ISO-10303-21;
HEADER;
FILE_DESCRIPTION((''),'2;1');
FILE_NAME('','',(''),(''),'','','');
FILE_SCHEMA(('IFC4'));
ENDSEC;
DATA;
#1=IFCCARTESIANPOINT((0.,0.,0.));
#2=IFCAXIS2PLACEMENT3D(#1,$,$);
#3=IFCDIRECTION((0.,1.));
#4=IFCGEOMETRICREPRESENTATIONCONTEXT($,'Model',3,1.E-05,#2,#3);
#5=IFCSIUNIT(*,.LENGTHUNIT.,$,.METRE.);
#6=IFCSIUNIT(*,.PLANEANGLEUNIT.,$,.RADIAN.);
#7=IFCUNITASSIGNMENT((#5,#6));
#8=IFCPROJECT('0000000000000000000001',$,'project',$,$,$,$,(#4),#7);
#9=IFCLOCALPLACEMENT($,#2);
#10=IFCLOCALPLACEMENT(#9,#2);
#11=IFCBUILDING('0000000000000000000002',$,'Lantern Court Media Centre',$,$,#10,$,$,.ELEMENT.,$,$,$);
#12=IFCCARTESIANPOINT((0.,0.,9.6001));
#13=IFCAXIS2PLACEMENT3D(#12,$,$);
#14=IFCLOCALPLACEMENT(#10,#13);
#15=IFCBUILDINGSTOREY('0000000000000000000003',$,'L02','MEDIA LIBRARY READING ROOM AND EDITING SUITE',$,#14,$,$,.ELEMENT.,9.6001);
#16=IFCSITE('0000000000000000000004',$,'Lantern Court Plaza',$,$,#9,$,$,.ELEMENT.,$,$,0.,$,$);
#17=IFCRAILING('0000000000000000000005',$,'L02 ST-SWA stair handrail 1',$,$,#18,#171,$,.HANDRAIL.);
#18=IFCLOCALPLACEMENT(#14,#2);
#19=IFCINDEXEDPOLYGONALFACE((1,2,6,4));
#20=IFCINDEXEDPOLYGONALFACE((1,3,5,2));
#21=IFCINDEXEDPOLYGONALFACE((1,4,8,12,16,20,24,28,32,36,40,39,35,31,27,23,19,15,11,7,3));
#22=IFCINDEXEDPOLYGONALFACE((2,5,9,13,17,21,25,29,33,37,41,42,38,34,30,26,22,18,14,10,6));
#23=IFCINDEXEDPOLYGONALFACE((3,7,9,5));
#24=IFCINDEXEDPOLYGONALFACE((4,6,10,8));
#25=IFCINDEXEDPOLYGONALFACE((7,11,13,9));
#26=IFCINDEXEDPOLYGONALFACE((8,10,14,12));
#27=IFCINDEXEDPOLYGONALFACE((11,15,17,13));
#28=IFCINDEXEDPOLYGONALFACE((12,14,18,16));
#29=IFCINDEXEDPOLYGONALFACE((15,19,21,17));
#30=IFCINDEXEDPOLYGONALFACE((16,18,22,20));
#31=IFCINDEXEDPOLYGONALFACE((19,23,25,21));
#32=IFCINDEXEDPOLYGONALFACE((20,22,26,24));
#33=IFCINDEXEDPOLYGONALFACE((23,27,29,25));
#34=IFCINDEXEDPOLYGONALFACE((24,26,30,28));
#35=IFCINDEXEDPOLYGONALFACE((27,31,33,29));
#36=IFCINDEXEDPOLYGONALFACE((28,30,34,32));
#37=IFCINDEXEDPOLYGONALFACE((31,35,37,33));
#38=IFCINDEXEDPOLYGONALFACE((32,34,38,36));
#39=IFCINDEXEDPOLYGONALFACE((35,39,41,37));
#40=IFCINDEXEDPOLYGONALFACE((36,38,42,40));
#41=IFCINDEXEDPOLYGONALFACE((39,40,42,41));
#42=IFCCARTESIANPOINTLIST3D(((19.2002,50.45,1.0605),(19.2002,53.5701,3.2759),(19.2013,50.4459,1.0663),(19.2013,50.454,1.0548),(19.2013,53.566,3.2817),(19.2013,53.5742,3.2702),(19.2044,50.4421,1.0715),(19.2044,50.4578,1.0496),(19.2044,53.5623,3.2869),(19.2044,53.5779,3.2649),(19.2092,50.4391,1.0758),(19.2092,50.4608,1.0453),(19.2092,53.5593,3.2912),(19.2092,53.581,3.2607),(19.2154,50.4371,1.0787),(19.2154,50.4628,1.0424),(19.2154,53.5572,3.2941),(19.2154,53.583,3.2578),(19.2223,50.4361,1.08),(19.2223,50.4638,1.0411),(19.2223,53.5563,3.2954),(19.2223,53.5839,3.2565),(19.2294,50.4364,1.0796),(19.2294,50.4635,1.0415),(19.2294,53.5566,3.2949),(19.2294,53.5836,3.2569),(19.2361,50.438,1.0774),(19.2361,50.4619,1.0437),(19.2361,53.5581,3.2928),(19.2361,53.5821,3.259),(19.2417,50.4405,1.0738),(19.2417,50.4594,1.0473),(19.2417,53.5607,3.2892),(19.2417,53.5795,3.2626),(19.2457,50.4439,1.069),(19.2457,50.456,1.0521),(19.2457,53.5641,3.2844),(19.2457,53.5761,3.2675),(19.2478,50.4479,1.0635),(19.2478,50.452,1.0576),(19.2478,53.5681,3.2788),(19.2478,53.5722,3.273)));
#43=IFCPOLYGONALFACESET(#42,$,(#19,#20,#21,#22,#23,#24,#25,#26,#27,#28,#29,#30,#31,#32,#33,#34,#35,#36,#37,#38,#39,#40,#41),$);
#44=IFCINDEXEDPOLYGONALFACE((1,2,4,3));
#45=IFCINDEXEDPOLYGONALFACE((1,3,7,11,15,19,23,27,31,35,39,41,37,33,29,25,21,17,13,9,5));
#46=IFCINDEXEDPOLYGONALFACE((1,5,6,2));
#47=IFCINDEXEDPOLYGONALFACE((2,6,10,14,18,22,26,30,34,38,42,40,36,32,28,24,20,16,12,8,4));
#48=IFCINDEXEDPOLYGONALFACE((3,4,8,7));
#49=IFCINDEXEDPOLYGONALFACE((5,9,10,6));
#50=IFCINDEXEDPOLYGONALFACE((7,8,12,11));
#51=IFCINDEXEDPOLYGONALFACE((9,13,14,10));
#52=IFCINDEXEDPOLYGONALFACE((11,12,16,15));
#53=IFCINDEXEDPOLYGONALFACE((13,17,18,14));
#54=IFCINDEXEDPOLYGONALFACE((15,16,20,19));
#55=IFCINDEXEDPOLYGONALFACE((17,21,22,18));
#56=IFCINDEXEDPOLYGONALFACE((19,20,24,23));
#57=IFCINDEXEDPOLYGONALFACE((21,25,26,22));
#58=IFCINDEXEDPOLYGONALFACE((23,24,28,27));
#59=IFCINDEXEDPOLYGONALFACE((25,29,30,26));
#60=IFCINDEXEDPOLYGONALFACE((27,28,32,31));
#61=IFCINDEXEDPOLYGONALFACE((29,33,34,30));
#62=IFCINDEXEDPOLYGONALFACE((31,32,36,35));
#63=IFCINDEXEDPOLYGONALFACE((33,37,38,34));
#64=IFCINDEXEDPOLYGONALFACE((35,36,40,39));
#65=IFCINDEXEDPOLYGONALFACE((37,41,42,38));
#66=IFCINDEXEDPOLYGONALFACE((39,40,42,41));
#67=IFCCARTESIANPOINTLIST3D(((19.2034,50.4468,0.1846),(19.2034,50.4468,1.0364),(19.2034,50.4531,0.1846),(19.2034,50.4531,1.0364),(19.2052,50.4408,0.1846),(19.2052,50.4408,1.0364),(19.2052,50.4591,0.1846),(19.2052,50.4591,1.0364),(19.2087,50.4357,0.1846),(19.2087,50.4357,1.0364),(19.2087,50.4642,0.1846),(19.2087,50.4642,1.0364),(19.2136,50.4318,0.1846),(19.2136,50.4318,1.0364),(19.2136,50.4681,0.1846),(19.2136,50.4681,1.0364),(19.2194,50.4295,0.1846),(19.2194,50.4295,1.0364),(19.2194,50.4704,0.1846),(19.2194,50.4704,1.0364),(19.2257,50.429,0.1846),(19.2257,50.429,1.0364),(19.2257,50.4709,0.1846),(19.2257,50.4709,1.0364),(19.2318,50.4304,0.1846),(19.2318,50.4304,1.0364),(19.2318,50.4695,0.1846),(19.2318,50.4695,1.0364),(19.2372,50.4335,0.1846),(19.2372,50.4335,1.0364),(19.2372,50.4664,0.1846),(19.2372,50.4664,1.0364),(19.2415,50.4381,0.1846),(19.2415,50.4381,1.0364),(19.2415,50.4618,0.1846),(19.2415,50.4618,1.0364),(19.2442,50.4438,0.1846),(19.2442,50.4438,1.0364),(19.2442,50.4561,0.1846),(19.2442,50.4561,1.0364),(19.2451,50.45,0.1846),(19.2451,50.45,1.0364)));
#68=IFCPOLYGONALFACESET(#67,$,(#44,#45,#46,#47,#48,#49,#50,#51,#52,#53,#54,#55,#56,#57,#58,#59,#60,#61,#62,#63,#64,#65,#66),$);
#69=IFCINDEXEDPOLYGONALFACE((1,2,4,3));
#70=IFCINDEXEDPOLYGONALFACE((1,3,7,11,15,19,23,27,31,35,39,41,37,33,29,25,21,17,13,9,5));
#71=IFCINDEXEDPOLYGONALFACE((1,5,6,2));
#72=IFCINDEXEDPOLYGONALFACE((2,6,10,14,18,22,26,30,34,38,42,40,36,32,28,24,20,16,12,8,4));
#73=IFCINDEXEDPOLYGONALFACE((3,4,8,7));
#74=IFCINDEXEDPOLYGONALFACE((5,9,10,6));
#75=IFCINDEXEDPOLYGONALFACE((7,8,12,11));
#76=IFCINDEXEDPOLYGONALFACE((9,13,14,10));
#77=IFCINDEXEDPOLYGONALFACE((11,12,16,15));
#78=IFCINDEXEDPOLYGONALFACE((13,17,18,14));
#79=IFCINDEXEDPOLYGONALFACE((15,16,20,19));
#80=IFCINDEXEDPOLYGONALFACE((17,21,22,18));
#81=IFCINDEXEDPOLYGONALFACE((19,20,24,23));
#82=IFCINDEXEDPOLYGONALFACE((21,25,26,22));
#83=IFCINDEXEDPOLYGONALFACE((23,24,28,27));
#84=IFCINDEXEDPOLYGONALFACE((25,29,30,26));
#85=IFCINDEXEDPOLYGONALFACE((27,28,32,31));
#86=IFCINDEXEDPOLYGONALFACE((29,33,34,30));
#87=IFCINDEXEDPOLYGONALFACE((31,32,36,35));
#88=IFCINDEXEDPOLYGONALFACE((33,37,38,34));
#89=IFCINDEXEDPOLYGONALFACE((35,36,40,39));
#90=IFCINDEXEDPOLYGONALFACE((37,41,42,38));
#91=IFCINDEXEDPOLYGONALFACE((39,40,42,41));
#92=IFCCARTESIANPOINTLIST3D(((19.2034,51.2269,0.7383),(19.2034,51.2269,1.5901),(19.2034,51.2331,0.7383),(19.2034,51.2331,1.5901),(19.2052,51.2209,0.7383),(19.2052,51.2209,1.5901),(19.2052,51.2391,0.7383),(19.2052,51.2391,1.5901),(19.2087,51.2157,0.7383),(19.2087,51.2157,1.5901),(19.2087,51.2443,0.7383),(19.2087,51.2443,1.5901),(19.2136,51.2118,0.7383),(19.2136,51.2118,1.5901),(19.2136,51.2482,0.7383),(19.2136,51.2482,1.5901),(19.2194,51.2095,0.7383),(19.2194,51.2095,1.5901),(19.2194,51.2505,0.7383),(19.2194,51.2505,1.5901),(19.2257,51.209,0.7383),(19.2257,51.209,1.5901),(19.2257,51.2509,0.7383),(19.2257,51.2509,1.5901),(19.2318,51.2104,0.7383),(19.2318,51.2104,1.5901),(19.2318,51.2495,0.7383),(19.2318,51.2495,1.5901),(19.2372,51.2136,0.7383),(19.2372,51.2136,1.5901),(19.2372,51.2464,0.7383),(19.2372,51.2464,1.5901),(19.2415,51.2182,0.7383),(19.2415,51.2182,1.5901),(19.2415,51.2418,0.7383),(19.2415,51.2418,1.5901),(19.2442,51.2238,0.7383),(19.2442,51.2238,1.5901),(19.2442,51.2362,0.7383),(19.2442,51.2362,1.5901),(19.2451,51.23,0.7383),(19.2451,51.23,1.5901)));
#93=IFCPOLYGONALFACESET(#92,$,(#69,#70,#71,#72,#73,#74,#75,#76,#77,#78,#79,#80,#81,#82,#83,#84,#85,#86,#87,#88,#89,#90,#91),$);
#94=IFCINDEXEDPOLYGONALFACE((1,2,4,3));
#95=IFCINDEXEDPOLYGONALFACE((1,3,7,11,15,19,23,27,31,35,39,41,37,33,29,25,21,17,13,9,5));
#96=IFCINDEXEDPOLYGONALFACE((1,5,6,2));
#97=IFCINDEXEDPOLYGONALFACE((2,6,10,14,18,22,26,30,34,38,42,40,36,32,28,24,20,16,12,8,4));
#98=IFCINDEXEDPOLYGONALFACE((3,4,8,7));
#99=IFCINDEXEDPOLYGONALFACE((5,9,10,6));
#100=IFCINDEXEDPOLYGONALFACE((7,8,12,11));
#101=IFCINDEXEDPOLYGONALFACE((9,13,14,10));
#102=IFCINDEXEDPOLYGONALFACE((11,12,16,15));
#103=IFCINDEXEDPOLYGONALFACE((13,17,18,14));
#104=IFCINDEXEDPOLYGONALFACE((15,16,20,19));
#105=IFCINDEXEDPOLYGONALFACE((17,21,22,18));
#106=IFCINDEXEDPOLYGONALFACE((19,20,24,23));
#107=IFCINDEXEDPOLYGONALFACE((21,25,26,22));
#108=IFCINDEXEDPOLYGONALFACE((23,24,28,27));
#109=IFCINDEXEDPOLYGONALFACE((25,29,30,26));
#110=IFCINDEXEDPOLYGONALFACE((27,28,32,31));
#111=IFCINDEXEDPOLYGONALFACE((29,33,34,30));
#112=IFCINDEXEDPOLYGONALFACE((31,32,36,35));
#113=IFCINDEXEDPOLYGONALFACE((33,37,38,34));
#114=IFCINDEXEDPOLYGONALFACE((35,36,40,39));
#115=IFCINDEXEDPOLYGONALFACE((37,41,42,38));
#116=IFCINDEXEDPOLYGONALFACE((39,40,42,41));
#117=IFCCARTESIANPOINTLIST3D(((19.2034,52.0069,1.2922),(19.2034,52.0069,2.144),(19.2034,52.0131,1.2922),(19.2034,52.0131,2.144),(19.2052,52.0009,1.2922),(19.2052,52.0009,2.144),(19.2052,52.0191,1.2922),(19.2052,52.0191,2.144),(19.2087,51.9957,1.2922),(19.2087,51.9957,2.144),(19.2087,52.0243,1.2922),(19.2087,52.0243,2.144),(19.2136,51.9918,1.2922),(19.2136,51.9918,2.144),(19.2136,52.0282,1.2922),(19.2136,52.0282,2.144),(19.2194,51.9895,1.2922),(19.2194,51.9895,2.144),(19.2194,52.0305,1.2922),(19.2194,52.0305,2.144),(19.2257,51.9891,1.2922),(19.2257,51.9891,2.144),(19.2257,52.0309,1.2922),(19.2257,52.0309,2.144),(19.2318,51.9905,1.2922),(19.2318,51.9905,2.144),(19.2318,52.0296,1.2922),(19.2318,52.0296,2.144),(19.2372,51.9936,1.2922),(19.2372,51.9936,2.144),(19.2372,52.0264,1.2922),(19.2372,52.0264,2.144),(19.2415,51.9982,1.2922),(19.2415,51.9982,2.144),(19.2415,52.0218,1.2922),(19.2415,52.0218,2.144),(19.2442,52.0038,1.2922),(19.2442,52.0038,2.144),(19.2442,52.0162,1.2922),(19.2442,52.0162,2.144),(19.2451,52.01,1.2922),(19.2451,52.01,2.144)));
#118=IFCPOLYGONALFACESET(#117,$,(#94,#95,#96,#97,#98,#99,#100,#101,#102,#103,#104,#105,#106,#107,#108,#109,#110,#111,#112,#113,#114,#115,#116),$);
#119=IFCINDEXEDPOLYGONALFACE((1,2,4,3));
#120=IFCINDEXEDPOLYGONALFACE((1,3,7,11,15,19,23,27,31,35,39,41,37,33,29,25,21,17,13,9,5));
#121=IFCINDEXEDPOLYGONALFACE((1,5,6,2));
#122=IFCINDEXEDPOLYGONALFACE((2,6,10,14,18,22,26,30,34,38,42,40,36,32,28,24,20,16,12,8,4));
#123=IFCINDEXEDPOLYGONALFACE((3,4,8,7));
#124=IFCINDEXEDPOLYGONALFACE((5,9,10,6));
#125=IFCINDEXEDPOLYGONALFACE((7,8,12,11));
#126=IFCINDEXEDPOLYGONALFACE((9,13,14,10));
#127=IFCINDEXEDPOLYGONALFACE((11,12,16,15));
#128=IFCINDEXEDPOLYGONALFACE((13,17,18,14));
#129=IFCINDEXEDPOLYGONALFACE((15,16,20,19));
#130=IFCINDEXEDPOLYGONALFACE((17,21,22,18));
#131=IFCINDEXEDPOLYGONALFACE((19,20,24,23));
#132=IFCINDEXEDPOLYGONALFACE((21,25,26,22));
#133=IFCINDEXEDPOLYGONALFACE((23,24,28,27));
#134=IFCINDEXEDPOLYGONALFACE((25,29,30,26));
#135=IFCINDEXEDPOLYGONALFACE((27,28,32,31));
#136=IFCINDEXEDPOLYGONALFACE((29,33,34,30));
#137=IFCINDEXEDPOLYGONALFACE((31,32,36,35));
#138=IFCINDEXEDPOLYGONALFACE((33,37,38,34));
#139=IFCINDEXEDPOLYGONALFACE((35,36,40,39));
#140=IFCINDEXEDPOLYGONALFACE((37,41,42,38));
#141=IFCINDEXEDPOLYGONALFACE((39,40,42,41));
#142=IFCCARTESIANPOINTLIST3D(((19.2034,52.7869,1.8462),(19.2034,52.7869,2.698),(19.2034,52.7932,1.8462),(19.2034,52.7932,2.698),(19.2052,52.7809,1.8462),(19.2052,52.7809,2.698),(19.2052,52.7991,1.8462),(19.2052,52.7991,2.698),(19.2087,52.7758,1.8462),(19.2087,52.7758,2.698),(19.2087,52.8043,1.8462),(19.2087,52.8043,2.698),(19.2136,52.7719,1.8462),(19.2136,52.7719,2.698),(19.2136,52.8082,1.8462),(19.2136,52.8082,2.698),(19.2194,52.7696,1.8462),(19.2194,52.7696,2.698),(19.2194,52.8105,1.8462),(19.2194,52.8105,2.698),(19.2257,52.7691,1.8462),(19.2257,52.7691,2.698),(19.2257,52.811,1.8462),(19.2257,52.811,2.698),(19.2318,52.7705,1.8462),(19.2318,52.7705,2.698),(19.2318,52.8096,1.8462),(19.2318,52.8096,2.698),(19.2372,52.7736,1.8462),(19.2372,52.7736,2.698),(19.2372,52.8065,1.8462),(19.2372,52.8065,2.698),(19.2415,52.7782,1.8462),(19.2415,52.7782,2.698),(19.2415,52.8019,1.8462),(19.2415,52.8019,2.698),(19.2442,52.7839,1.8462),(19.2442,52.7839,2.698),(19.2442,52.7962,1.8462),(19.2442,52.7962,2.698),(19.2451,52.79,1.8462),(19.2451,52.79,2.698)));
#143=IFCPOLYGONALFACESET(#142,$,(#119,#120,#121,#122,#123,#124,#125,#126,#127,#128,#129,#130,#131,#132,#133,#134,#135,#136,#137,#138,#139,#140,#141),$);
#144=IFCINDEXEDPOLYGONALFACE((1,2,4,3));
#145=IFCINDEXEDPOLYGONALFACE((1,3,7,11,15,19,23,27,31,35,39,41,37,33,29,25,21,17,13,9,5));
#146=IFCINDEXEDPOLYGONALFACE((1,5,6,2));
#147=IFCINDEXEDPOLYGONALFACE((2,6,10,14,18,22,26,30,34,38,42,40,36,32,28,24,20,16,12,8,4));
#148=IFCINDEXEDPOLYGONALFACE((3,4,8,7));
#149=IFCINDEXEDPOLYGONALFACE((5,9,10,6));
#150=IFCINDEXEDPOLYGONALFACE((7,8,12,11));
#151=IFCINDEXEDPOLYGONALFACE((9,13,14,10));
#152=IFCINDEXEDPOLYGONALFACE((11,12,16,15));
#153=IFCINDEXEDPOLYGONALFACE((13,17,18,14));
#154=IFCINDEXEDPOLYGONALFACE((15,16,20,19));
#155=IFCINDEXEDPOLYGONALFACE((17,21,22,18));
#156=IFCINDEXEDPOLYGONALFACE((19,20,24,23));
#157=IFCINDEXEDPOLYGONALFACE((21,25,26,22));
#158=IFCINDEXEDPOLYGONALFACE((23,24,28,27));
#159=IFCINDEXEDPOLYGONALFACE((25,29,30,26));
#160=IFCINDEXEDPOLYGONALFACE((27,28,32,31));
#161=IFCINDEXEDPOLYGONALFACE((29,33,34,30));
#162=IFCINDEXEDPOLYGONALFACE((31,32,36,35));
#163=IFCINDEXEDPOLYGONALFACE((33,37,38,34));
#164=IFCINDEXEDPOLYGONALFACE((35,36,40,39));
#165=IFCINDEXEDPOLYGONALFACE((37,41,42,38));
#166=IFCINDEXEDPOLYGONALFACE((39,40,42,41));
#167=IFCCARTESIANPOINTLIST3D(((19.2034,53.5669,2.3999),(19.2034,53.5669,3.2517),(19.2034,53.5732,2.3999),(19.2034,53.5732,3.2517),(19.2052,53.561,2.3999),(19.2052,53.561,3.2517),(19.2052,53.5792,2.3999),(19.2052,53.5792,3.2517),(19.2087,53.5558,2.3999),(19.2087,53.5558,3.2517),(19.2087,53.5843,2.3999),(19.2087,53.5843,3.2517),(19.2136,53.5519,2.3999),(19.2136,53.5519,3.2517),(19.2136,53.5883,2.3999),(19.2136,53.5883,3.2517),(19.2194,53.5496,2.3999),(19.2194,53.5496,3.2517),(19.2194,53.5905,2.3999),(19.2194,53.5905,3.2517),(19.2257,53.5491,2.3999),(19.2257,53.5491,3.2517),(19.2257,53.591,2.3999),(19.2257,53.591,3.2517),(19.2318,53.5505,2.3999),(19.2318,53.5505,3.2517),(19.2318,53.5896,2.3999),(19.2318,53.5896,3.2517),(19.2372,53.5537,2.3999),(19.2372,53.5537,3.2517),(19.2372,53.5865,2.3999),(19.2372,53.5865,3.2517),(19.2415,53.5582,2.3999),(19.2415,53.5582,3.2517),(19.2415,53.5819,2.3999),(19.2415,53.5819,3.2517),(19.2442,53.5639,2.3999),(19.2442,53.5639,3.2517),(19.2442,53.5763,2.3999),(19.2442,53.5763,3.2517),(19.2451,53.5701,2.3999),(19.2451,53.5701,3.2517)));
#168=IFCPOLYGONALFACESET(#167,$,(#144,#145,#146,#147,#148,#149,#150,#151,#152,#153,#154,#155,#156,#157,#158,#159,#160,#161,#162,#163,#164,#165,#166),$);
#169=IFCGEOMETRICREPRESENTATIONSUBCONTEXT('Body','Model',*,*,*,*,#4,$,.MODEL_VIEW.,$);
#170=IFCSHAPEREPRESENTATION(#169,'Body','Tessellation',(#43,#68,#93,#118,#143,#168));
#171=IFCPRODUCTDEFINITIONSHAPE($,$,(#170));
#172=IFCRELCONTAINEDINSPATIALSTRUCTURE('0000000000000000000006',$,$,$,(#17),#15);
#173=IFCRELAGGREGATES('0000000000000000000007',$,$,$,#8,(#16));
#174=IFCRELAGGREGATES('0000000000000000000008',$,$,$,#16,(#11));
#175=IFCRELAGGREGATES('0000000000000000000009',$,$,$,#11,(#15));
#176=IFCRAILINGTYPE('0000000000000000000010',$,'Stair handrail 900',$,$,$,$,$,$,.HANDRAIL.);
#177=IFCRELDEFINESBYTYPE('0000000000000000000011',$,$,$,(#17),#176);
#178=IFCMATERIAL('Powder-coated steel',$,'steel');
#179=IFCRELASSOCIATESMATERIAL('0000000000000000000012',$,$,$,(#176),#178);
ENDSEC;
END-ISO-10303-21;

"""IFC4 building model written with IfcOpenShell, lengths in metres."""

from ifc_helpers import new_model, si_unit, direction, frame, origin, origin_2d, place, context, subcontext, project, spatial, circle, extrude, material, type_object, element, save


model = new_model("IFC4")

# Units and contexts
model_context = context("Model", 3, precision=1e-05, world=origin(), true_north=direction((0.0, 1.0)))
body_context = subcontext(model_context, "Body", "Model", "MODEL_VIEW")
ifc_project = project(units=[si_unit("LENGTHUNIT", "METRE"), si_unit("PLANEANGLEUNIT", "RADIAN")], contexts=[model_context])

# Site, building, storey
site_placement = place(None, origin())
site = spatial("IfcSite", under=ifc_project, at=site_placement, Name="Lantern Court Plaza", CompositionType="ELEMENT", RefElevation=0.0)
building_placement = place(site_placement, origin())
building = spatial("IfcBuilding", under=site, at=building_placement, Name="Lantern Court Media Centre", CompositionType="ELEMENT")
storey_placement = place(building_placement, frame((0.0, 0.0, 9.6001)))
storey = spatial("IfcBuildingStorey", under=building, at=storey_placement, Name="L02", Description="MEDIA LIBRARY READING ROOM AND EDITING SUITE", CompositionType="ELEMENT", Elevation=9.6001)

# Railing
ifc_material_1 = material(Name="Powder-coated steel", Category="steel")
railing_type_1 = type_object("IfcRailingType", Name="Stair handrail 900", PredefinedType="HANDRAIL", material=ifc_material_1)
for number, where, name in (
    (1, (19.2241, 50.45, 0.1846), "L02 ST-SWA stair handrail 1"),
):
    element("IfcRailing", number, at=place(storey_placement, frame(where)), inside=storey, type_object=railing_type_1, Name=name, PredefinedType="HANDRAIL", context=body_context, shape_type="SweptSolid", body=[
        extrude(circle(Radius=0.0239, at=origin_2d()), frame((0.0, 0.0, 0.876), z_axis=(0.0, 0.815377, 0.57893), x_axis=(-1.0, 0.0, 0.0)), (0.0, 0.0, 1.0), 3.8267),
        extrude(circle(Radius=0.021, at=origin_2d()), origin(), (0.0, 0.0, 1.0), 0.8518),
        extrude(circle(Radius=0.021, at=origin_2d()), frame((0.0, 0.78, 0.5537)), (0.0, 0.0, 1.0), 0.8518),
        extrude(circle(Radius=0.021, at=origin_2d()), frame((0.0, 1.5601, 1.1077)), (0.0, 0.0, 1.0), 0.8518),
        extrude(circle(Radius=0.021, at=origin_2d()), frame((0.0, 2.3401, 1.6616)), (0.0, 0.0, 1.0), 0.8518),
        extrude(circle(Radius=0.021, at=origin_2d()), frame((0.0, 3.1201, 2.2153)), (0.0, 0.0, 1.0), 0.8518),
    ])

save(model, "model.ifc")
